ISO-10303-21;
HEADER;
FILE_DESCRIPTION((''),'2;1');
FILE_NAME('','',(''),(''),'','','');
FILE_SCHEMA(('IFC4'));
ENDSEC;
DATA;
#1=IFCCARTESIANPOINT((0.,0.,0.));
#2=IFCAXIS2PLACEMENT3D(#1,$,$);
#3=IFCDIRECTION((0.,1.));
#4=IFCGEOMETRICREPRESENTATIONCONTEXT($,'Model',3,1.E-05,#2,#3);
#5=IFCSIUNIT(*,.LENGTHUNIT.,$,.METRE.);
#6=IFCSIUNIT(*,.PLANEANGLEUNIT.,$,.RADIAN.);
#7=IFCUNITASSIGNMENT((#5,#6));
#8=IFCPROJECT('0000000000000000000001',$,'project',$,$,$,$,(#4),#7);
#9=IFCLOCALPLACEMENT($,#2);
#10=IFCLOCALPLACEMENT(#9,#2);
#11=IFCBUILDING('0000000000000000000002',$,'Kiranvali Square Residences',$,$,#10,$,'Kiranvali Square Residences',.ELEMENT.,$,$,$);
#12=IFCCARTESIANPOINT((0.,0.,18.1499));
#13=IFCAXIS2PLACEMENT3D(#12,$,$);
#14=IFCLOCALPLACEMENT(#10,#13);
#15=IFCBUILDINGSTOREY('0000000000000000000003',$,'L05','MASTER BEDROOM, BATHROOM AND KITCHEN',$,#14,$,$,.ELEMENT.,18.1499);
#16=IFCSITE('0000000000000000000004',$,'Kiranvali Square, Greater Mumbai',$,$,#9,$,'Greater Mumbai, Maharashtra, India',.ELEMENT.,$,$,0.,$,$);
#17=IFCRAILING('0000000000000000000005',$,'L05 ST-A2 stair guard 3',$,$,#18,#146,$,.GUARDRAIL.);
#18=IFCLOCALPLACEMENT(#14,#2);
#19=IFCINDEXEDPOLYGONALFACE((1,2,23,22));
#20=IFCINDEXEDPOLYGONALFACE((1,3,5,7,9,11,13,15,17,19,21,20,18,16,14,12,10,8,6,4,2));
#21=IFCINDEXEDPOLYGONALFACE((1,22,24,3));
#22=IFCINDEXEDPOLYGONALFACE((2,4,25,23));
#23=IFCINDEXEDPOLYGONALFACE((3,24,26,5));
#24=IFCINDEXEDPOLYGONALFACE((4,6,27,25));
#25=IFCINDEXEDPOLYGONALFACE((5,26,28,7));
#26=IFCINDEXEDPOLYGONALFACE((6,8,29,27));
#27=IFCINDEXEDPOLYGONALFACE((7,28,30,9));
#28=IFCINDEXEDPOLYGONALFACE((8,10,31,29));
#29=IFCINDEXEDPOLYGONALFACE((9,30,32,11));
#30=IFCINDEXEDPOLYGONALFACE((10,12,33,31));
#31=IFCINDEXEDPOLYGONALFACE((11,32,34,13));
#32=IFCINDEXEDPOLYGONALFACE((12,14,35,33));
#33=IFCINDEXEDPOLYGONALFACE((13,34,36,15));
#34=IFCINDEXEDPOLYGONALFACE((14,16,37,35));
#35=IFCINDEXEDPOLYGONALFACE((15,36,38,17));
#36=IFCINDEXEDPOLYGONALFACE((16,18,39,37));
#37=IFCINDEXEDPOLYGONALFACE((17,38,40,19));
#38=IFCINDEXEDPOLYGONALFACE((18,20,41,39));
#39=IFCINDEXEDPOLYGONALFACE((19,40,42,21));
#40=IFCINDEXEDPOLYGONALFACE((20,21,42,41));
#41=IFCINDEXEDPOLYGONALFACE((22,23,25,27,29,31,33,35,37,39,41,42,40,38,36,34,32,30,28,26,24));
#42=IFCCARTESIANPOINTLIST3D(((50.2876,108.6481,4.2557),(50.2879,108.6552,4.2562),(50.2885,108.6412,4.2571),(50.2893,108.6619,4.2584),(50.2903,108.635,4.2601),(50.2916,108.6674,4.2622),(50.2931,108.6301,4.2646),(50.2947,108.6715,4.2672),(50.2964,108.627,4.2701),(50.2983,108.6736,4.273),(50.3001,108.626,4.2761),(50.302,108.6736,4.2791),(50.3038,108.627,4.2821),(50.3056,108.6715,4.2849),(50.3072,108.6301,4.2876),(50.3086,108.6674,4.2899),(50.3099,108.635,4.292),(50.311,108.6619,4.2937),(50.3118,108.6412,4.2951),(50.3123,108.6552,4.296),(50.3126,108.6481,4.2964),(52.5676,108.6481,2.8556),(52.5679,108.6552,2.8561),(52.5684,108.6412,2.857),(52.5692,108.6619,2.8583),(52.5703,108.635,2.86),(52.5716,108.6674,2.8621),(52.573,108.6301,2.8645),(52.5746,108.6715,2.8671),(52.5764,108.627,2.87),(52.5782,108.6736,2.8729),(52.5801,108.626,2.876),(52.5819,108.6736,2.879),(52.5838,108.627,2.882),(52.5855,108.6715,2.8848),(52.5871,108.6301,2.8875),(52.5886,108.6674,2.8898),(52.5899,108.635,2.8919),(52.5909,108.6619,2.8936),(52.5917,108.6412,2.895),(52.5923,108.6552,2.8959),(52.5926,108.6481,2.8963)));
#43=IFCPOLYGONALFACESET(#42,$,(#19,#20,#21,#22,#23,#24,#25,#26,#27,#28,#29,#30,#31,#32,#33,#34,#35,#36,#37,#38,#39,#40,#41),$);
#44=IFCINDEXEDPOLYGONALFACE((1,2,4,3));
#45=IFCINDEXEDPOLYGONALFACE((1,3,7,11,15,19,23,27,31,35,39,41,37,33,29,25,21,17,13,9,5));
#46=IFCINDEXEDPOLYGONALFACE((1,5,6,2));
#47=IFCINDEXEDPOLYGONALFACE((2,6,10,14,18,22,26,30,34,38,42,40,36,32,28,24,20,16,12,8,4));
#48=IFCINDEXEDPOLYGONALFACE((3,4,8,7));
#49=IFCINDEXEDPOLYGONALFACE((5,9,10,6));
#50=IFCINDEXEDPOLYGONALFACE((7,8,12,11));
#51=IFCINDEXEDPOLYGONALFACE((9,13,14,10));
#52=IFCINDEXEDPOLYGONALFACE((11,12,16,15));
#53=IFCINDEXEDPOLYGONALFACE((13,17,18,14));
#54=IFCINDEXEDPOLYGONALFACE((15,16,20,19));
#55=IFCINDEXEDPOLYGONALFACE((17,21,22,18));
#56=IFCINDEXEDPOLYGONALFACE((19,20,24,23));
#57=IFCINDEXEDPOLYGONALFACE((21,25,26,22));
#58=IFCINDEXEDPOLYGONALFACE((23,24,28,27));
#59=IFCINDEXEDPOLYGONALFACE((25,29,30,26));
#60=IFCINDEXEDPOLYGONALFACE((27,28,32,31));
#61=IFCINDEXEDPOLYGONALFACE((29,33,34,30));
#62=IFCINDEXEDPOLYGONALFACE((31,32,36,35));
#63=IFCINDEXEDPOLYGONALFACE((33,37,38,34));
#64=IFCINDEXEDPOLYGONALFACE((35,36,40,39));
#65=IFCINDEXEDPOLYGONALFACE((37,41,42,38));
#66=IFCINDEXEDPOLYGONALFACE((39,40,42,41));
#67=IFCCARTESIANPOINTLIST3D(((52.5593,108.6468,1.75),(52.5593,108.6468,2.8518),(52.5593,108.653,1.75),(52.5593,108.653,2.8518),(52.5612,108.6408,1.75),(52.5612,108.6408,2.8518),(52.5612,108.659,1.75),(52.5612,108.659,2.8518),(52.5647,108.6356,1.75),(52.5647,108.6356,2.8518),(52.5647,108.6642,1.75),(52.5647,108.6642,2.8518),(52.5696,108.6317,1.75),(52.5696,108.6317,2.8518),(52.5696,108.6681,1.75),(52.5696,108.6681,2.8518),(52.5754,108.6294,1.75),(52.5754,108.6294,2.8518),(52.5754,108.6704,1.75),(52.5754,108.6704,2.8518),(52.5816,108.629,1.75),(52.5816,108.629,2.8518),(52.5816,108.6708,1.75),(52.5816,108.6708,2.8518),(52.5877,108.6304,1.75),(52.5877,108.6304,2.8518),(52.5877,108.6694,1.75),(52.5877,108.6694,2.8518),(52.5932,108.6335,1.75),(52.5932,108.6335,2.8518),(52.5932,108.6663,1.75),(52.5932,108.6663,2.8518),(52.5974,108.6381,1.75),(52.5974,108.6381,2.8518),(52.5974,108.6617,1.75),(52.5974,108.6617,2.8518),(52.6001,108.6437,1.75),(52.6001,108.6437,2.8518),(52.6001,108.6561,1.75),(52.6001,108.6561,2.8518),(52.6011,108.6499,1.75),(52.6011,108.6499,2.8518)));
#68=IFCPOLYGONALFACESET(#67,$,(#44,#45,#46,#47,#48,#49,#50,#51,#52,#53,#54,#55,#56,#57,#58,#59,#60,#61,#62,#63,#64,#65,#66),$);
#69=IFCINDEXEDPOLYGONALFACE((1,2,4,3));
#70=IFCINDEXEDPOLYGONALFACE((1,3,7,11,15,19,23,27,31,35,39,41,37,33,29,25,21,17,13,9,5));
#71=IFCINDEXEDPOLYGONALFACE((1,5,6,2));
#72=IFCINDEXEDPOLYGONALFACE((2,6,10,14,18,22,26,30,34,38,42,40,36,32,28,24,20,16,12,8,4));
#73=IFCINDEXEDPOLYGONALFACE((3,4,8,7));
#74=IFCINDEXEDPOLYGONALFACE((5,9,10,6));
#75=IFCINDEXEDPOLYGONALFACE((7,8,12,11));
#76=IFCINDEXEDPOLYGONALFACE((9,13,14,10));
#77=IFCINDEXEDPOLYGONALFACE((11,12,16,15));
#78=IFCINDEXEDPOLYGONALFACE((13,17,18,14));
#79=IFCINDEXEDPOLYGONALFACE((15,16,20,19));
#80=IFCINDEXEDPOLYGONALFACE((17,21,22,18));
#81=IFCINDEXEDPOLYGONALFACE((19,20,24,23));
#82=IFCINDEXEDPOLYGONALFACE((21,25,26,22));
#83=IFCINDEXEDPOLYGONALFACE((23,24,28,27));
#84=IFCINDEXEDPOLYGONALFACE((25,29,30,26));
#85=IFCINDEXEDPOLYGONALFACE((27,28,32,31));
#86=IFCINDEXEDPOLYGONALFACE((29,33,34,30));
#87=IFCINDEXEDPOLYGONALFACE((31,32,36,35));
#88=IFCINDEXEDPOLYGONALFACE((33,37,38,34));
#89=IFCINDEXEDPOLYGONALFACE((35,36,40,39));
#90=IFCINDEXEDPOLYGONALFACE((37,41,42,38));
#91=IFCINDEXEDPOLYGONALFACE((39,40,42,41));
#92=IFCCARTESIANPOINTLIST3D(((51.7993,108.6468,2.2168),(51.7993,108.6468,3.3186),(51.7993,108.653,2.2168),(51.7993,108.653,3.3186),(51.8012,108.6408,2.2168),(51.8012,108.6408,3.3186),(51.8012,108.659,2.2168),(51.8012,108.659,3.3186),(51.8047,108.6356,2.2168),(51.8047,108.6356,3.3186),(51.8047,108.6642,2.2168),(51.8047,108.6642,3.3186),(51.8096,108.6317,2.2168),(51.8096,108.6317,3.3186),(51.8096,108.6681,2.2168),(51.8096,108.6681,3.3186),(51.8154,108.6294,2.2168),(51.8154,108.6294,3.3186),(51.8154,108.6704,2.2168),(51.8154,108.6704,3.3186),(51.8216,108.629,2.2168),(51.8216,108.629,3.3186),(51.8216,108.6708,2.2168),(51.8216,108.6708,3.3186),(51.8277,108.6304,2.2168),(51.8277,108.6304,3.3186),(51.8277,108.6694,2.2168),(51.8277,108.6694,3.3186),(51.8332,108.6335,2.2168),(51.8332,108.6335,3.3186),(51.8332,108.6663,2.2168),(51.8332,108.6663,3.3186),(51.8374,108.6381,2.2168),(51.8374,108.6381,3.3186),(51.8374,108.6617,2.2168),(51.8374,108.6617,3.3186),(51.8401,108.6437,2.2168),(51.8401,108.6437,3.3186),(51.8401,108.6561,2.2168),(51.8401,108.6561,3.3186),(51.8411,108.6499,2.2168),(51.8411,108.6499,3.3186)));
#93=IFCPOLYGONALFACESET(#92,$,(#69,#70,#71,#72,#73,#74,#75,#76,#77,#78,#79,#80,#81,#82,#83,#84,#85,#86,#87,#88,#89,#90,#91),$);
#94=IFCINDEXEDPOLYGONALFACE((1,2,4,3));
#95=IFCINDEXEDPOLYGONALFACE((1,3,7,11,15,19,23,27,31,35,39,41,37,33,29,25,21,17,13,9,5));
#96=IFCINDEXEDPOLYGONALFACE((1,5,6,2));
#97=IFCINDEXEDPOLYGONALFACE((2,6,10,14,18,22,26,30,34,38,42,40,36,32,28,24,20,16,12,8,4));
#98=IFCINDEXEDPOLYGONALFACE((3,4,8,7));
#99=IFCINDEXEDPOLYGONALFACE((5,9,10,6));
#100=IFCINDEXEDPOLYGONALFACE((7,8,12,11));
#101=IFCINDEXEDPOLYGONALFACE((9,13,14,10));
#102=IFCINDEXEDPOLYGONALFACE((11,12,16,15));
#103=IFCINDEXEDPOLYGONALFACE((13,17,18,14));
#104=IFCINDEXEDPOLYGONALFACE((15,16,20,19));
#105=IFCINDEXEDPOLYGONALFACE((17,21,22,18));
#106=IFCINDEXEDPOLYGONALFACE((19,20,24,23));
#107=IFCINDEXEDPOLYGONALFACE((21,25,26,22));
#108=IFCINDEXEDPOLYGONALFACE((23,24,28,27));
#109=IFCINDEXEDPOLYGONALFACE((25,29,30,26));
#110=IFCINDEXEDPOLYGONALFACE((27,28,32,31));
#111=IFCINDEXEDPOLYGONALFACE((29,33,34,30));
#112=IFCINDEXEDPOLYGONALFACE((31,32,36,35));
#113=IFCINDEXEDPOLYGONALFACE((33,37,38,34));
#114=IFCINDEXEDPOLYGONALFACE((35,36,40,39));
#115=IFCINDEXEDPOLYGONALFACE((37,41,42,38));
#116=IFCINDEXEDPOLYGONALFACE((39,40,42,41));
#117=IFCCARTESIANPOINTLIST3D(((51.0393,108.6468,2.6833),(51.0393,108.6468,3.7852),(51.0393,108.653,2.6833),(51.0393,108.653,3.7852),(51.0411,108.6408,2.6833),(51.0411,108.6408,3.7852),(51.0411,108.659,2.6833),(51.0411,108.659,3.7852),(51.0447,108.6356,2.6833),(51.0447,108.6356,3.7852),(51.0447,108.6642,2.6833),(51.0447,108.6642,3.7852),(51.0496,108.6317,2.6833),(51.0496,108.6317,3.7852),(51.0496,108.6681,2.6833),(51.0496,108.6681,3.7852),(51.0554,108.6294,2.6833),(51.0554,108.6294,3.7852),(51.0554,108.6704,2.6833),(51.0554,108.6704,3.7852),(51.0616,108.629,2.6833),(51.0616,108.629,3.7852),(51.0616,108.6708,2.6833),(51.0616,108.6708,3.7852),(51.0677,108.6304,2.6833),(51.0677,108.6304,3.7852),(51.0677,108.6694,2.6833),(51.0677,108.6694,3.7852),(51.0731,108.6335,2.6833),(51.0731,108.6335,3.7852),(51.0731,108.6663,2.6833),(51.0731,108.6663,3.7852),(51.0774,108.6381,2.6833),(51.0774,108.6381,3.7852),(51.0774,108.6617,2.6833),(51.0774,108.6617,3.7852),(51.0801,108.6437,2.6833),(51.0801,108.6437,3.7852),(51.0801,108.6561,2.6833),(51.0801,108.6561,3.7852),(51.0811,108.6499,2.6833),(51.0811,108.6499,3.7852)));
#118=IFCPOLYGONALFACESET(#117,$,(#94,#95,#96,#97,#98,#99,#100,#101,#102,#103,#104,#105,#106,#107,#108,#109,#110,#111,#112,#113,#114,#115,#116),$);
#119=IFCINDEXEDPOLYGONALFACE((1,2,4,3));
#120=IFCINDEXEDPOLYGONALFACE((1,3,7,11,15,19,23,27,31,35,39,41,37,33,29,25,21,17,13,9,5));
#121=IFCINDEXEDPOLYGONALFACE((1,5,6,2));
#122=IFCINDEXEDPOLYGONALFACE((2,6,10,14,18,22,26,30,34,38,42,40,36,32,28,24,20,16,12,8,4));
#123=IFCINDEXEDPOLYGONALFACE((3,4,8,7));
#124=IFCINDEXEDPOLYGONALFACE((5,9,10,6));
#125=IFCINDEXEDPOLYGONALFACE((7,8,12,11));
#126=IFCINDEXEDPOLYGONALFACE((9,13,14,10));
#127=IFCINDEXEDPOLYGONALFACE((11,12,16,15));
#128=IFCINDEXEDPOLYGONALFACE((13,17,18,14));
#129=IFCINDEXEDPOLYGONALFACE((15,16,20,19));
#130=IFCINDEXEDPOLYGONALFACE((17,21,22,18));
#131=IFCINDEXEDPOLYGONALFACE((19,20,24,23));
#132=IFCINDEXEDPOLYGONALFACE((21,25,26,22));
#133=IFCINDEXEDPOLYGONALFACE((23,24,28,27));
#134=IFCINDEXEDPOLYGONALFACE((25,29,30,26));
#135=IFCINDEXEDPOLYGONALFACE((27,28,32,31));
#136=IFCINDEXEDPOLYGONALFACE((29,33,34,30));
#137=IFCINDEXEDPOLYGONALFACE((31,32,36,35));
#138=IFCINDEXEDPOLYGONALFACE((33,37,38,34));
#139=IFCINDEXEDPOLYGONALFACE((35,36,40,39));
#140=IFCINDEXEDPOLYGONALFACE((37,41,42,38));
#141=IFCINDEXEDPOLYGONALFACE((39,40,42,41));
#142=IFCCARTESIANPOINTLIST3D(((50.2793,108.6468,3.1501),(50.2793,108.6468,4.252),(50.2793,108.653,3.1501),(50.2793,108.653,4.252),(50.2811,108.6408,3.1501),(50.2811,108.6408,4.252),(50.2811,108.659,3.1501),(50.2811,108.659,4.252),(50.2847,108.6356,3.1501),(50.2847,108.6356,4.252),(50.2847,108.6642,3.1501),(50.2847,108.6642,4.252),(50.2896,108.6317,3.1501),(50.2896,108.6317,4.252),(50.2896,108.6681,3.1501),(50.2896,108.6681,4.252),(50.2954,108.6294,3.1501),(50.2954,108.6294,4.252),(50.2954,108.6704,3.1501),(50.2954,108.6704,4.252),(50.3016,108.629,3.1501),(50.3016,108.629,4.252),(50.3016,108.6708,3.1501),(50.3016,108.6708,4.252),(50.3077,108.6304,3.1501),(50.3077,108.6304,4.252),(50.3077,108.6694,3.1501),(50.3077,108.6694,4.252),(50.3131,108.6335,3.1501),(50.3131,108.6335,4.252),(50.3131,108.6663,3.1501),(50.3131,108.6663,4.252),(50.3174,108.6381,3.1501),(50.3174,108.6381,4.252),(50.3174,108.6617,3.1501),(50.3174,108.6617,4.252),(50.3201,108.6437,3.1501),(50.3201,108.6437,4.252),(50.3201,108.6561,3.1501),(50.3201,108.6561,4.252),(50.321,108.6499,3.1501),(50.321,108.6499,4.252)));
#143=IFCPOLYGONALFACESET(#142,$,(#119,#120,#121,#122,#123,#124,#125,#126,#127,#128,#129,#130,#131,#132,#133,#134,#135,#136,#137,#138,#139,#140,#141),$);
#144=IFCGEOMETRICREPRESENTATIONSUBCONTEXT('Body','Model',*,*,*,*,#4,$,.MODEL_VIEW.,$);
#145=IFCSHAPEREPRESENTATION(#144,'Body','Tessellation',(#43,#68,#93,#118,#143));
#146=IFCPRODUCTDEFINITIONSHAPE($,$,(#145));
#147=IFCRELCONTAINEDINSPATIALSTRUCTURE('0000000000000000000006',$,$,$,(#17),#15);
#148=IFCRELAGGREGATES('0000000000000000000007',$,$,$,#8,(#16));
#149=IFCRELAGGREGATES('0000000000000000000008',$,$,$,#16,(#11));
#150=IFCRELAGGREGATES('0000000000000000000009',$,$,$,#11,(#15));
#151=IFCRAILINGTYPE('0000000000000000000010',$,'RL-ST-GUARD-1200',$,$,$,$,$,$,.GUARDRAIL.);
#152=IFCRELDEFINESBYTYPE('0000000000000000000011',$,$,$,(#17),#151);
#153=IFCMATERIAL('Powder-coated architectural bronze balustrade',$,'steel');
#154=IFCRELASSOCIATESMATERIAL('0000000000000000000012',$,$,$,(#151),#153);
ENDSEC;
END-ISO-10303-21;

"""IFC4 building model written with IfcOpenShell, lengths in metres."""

from ifc_helpers import new_model, si_unit, direction, frame, origin, origin_2d, place, context, subcontext, project, spatial, circle, extrude, material, type_object, element, save


model = new_model("IFC4")

# Units and contexts
model_context = context("Model", 3, precision=1e-05, world=origin(), true_north=direction((0.0, 1.0)))
body_context = subcontext(model_context, "Body", "Model", "MODEL_VIEW")
ifc_project = project(units=[si_unit("LENGTHUNIT", "METRE"), si_unit("PLANEANGLEUNIT", "RADIAN")], contexts=[model_context])

# Site, building, storey
site_placement = place(None, origin())
site = spatial("IfcSite", under=ifc_project, at=site_placement, Name="Kiranvali Square, Greater Mumbai", LongName="Greater Mumbai, Maharashtra, India", CompositionType="ELEMENT", RefElevation=0.0)
building_placement = place(site_placement, origin())
building = spatial("IfcBuilding", under=site, at=building_placement, Name="Kiranvali Square Residences", LongName="Kiranvali Square Residences", CompositionType="ELEMENT")
storey_placement = place(building_placement, frame((0.0, 0.0, 18.1499)))
storey = spatial("IfcBuildingStorey", under=building, at=storey_placement, Name="L05", Description="MASTER BEDROOM, BATHROOM AND KITCHEN", CompositionType="ELEMENT", Elevation=18.1499)

# Railing
ifc_material_1 = material(Name="Powder-coated architectural bronze balustrade", Category="steel")
railing_type_1 = type_object("IfcRailingType", Name="RL-ST-GUARD-1200", PredefinedType="GUARDRAIL", material=ifc_material_1)
railing_1_placement = place(storey_placement, frame((52.5801, 108.6499, 1.75)))
element("IfcRailing", 1, at=railing_1_placement, inside=storey, type_object=railing_type_1, Name="L05 ST-A2 stair guard 3", PredefinedType="GUARDRAIL", context=body_context, shape_type="SweptSolid", body=[
    extrude(circle(Radius=0.0239, at=origin_2d()), frame((0.0, 0.0, 1.126), z_axis=(-0.85215, 0.0, 0.523298), x_axis=(0.0, -1.0, 0.0)), (0.0, 0.0, 1.0), 2.6755),
    extrude(circle(Radius=0.021, at=origin_2d()), origin(), (0.0, 0.0, 1.0), 1.1018),
    extrude(circle(Radius=0.021, at=origin_2d()), frame((-0.76, 0.0, 0.4668)), (0.0, 0.0, 1.0), 1.1018),
    extrude(circle(Radius=0.021, at=origin_2d()), frame((-1.52, 0.0, 0.9333)), (0.0, 0.0, 1.0), 1.1018),
    extrude(circle(Radius=0.021, at=origin_2d()), frame((-2.28, 0.0, 1.4001)), (0.0, 0.0, 1.0), 1.1018),
])

save(model, "model.ifc")
